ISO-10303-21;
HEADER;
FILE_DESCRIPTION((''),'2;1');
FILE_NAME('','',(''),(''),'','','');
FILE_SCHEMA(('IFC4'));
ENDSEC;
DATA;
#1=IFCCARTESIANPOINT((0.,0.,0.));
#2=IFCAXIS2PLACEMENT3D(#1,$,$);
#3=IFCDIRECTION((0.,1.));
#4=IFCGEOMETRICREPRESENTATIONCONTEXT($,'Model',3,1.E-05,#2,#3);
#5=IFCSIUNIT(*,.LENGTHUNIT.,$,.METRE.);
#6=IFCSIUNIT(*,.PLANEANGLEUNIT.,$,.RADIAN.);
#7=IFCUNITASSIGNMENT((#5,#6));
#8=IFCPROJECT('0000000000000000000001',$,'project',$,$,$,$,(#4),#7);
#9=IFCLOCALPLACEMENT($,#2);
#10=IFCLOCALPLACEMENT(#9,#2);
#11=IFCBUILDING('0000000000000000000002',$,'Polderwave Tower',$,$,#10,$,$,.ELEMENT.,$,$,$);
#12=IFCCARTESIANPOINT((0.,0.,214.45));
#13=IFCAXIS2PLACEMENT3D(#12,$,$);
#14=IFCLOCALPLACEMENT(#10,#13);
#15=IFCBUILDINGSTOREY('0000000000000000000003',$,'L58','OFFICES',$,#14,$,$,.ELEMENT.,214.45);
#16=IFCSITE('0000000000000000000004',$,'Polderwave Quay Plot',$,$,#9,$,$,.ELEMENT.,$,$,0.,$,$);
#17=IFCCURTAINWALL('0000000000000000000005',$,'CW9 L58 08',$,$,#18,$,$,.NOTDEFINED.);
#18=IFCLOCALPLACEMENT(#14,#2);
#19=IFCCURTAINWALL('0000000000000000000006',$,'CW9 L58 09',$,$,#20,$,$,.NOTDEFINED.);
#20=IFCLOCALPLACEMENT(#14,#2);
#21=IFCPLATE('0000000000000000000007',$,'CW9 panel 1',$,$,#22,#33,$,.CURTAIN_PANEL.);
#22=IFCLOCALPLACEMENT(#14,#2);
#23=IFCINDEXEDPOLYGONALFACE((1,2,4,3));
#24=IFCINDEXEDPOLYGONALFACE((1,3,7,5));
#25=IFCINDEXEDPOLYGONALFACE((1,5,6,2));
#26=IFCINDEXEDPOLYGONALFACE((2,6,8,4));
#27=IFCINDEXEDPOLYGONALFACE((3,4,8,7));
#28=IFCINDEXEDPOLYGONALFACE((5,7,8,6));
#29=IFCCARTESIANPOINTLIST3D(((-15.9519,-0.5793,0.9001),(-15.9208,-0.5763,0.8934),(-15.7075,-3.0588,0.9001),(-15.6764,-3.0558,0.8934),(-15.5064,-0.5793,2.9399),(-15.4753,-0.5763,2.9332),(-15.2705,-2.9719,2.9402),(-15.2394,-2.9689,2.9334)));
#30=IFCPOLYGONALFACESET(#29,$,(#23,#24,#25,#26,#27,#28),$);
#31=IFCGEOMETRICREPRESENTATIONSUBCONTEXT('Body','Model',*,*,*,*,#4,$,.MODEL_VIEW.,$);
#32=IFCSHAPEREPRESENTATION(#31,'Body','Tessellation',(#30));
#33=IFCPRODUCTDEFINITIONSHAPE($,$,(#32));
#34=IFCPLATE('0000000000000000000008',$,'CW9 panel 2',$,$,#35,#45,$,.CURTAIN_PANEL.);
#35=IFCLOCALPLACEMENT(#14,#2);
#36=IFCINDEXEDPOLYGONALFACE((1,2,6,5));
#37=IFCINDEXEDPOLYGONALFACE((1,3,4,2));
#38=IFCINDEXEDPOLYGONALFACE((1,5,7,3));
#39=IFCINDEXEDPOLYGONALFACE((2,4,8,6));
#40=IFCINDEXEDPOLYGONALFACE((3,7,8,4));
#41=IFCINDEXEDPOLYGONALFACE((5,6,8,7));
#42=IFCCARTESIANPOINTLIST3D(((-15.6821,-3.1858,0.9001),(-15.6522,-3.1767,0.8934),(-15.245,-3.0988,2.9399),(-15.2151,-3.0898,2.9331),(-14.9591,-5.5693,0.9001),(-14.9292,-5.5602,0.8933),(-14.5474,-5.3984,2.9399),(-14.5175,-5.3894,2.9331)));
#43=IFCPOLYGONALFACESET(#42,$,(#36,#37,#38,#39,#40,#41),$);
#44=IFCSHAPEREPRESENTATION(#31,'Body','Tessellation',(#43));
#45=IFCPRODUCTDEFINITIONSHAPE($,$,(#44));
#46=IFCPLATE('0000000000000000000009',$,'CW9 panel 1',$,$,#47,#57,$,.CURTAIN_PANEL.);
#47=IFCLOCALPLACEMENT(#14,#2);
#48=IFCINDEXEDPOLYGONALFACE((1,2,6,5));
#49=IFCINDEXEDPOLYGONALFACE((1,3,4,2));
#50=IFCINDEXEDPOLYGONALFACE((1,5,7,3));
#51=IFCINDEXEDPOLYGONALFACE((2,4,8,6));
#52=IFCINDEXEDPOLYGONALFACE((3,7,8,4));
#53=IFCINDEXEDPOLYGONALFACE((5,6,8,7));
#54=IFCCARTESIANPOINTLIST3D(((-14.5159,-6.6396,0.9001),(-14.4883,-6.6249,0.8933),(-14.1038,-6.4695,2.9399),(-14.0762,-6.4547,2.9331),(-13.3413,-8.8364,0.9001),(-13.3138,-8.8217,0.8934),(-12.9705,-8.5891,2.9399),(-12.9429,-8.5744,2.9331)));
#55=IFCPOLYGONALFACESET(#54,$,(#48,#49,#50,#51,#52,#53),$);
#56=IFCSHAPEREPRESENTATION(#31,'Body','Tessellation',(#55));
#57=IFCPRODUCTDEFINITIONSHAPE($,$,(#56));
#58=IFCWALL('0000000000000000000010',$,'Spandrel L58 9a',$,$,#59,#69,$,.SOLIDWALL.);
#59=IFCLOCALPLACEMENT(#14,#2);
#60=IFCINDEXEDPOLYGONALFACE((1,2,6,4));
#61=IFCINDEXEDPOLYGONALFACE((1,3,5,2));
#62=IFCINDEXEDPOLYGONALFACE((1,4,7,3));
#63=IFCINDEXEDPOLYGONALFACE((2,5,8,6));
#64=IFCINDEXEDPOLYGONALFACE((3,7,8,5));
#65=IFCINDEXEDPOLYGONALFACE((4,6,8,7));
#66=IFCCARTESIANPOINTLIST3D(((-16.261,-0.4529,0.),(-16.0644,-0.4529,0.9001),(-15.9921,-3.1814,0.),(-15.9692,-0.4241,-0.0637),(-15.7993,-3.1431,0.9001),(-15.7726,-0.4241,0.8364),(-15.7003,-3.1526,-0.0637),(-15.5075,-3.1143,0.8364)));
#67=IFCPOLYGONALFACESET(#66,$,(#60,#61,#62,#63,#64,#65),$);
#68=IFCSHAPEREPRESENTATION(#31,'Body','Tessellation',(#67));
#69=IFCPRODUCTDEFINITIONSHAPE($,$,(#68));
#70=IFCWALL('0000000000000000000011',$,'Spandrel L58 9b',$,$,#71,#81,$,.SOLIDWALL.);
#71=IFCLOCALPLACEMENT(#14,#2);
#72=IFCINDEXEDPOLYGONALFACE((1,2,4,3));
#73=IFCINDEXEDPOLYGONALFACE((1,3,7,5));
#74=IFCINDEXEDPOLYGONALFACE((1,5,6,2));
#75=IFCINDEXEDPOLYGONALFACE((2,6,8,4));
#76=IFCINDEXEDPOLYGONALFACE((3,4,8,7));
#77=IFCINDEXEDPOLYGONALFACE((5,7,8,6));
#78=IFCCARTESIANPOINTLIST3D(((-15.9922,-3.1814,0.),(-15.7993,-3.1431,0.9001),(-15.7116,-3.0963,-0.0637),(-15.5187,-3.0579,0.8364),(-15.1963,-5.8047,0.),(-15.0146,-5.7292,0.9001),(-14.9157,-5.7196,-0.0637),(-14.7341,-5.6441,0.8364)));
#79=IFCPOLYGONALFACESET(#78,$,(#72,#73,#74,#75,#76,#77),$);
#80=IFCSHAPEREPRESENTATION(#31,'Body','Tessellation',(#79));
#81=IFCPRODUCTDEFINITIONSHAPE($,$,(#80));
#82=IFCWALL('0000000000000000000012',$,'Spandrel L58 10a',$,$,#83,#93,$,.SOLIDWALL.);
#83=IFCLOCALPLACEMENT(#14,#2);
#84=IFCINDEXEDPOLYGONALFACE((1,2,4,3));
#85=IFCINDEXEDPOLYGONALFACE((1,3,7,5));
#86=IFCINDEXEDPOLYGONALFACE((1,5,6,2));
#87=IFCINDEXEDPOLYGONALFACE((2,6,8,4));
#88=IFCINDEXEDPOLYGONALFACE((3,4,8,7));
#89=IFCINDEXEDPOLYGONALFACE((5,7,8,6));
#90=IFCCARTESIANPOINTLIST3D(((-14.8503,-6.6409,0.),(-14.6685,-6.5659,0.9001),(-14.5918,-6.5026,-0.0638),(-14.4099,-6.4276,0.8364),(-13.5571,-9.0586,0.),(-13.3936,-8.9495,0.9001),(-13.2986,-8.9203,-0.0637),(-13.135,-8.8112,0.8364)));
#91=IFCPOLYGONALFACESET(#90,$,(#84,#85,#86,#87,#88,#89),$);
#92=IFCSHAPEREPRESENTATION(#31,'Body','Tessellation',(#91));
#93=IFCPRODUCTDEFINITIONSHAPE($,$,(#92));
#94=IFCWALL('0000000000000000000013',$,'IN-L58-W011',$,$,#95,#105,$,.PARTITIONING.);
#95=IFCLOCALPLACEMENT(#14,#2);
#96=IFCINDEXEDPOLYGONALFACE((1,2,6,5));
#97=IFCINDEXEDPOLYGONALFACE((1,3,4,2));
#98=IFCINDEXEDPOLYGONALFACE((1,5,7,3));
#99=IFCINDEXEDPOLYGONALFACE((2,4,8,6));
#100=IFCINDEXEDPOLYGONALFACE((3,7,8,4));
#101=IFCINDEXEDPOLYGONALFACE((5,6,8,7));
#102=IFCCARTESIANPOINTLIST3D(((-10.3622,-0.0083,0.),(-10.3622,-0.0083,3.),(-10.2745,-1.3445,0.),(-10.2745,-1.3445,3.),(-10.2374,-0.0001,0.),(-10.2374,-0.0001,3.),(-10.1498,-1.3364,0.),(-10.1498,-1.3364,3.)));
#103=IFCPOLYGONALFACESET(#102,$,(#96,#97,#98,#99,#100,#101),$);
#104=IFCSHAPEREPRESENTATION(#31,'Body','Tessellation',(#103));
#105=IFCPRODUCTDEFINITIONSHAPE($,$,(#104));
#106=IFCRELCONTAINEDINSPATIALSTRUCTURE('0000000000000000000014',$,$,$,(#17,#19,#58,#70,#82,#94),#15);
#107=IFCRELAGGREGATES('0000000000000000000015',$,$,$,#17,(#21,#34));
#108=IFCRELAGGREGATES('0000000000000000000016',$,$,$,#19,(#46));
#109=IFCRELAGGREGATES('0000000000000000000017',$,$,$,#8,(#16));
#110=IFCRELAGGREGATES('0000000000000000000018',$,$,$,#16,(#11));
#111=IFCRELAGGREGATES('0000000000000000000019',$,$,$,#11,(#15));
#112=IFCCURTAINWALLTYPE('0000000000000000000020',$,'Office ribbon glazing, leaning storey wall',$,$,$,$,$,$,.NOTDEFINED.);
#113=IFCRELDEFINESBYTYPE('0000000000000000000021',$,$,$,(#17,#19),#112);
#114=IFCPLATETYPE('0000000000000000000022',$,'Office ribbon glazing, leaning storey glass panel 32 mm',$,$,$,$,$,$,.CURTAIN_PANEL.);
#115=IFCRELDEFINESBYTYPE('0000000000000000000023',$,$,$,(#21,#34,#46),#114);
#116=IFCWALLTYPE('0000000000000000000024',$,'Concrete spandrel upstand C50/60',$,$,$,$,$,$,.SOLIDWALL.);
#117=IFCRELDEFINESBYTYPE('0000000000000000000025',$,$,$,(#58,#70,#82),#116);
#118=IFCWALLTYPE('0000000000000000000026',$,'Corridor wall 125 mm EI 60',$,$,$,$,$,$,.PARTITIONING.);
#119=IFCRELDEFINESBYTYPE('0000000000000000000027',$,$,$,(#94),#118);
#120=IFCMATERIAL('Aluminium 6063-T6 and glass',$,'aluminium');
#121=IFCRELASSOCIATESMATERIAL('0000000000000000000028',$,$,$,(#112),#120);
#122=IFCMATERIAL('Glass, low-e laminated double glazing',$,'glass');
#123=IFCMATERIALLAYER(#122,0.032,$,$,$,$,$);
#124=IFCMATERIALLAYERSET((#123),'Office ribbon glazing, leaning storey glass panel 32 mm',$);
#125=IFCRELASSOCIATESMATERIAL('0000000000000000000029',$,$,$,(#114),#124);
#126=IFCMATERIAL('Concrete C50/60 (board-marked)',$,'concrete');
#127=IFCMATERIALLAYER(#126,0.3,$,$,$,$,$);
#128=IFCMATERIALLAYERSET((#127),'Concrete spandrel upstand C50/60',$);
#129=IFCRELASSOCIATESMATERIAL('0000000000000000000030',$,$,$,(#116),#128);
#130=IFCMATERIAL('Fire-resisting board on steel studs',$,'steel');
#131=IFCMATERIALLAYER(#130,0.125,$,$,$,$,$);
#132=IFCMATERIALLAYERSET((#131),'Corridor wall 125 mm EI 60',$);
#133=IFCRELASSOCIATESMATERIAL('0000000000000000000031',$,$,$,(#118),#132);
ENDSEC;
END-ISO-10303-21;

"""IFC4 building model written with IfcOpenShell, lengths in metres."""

from ifc_helpers import new_model, si_unit, direction, frame, frame_2d, origin, place, context, subcontext, project, spatial, polyline, rectangle, outline, extrude, material, layer, layer_set, type_object, element, aggregate, save


model = new_model("IFC4")

# Units and contexts
model_context = context("Model", 3, precision=1e-05, world=origin(), true_north=direction((0.0, 1.0)))
body_context = subcontext(model_context, "Body", "Model", "MODEL_VIEW")
ifc_project = project(units=[si_unit("LENGTHUNIT", "METRE"), si_unit("PLANEANGLEUNIT", "RADIAN")], contexts=[model_context])

# Site, building, storey
site_placement = place(None, origin())
site = spatial("IfcSite", under=ifc_project, at=site_placement, Name="Polderwave Quay Plot", CompositionType="ELEMENT", RefElevation=0.0)
building_placement = place(site_placement, origin())
building = spatial("IfcBuilding", under=site, at=building_placement, Name="Polderwave Tower", CompositionType="ELEMENT")
storey_placement = place(building_placement, frame((0.0, 0.0, 214.45)))
storey = spatial("IfcBuildingStorey", under=building, at=storey_placement, Name="L58", Description="OFFICES", CompositionType="ELEMENT", Elevation=214.45)

# Curtain wall
ifc_material_1 = material(Name="Aluminium 6063-T6 and glass", Category="aluminium")
curtain_wall_type = type_object("IfcCurtainWallType", Name="Office ribbon glazing, leaning storey wall", PredefinedType="NOTDEFINED", material=ifc_material_1)
curtain_wall_1_placement = place(storey_placement, origin())
curtain_wall_1 = element("IfcCurtainWall", 1, at=curtain_wall_1_placement, inside=storey, type_object=curtain_wall_type, Name="CW9 L58 08", PredefinedType="NOTDEFINED")

# Curtain wall
curtain_wall_2_placement = place(storey_placement, origin())
curtain_wall_2 = element("IfcCurtainWall", 2, at=curtain_wall_2_placement, inside=storey, type_object=curtain_wall_type, Name="CW9 L58 09", PredefinedType="NOTDEFINED")

# Plates
ifc_material_2 = material(Name="Glass, low-e laminated double glazing", Category="glass")
ifc_layer_1 = layer(ifc_material_2, 0.032)
ifc_layer_set_1 = layer_set([ifc_layer_1], Name="Office ribbon glazing, leaning storey glass panel 32 mm")
plate_type = type_object("IfcPlateType", Name="Office ribbon glazing, leaning storey glass panel 32 mm", PredefinedType="CURTAIN_PANEL", material=ifc_layer_set_1)
plate_1_placement = place(storey_placement, frame((-15.9519, -0.5793, 0.9001), z_axis=(-0.972469, -0.095843, 0.212411), x_axis=(0.098081, -0.995178, 0.000001)))
plate_1 = element("IfcPlate", 3, at=plate_1_placement, type_object=plate_type, Name="CW9 panel 1", PredefinedType="CURTAIN_PANEL", context=body_context, shape_type="SweptSolid", body=[
    extrude(outline(polyline([(0.0, 0.0), (2.4915, 0.0), (2.4479, 2.0877), (0.0437, 2.0874), (0.0, 0.0)])), origin(), (0.0, 0.0, -1.0), 0.032),
])
plate_2_placement = place(storey_placement, frame((-15.6821, -3.1858, 0.9001), z_axis=(-0.935083, -0.283664, 0.212497), x_axis=(0.290291, -0.956938, -0.000013)))
plate_2 = element("IfcPlate", 4, at=plate_2_placement, type_object=plate_type, Name="CW9 panel 2", PredefinedType="CURTAIN_PANEL", context=body_context, shape_type="SweptSolid", body=[
    extrude(outline(polyline([(0.0, 0.0), (2.4908, 0.0), (2.4468, 2.0875), (0.0437, 2.0874), (0.0, 0.0)])), origin(), (0.0, 0.0, -1.0), 0.032),
])
aggregate(curtain_wall_1, [plate_1, plate_2])
plate_3_placement = place(storey_placement, frame((-14.5159, -6.6396, 0.9001), z_axis=(-0.861716, -0.460735, 0.21253), x_axis=(0.471507, -0.881862, 0.0)))
plate_3 = element("IfcPlate", 5, at=plate_3_placement, type_object=plate_type, Name="CW9 panel 1", PredefinedType="CURTAIN_PANEL", context=body_context, shape_type="SweptSolid", body=[
    extrude(outline(polyline([(0.0, 0.0), (2.4911, 0.0), (2.4478, 2.0875), (0.0443, 2.0875), (0.0, 0.0)])), origin(), (0.0, 0.0, -1.0), 0.032),
])
aggregate(curtain_wall_2, [plate_3])

# Walls
ifc_material_3 = material(Name="Concrete C50/60 (board-marked)", Category="concrete")
ifc_layer_2 = layer(ifc_material_3, 0.3)
ifc_layer_set_2 = layer_set([ifc_layer_2], Name="Concrete spandrel upstand C50/60")
wall_type_1 = type_object("IfcWallType", Name="Concrete spandrel upstand C50/60", PredefinedType="SOLIDWALL", material=ifc_layer_set_2)
wall_1_placement = place(storey_placement, frame((-16.261, -0.4529, 0.0), z_axis=(-0.972476, -0.095824, 0.212387), x_axis=(0.09806, -0.995181, -0.000004)))
element("IfcWall", 6, at=wall_1_placement, inside=storey, type_object=wall_type_1, Name="Spandrel L58 9a", PredefinedType="SOLIDWALL", context=body_context, shape_type="SweptSolid", body=[
    extrude(outline(polyline([(0.0, 0.0), (2.7417, 0.0), (2.7225, 0.9212), (0.0193, 0.9212), (0.0, 0.0)])), origin(), (0.0, 0.0, -1.0), 0.3),
])
wall_2_placement = place(storey_placement, frame((-15.9922, -3.1814, 0.0), z_axis=(-0.93508, -0.283706, 0.212452), x_axis=(0.290333, -0.956926, -0.000001)))
element("IfcWall", 7, at=wall_2_placement, inside=storey, type_object=wall_type_1, Name="Spandrel L58 9b", PredefinedType="SOLIDWALL", context=body_context, shape_type="SweptSolid", body=[
    extrude(outline(polyline([(0.0, 0.0), (2.7414, 0.0), (2.7219, 0.9212), (0.0193, 0.9212), (0.0, 0.0)])), origin(), (0.0, 0.0, -1.0), 0.3),
])
wall_3_placement = place(storey_placement, frame((-14.8503, -6.6409, 0.0), z_axis=(-0.861652, -0.460883, 0.212469), x_axis=(0.471652, -0.881785, 0.000001)))
element("IfcWall", 8, at=wall_3_placement, inside=storey, type_object=wall_type_1, Name="Spandrel L58 10a", PredefinedType="SOLIDWALL", context=body_context, shape_type="SweptSolid", body=[
    extrude(outline(polyline([(0.0, 0.0), (2.7419, 0.0), (2.7228, 0.9212), (0.0197, 0.9212), (0.0, 0.0)])), origin(), (0.0, 0.0, -1.0), 0.3),
])
ifc_material_4 = material(Name="Fire-resisting board on steel studs", Category="steel")
ifc_layer_3 = layer(ifc_material_4, 0.125)
ifc_layer_set_3 = layer_set([ifc_layer_3], Name="Corridor wall 125 mm EI 60")
wall_type_2 = type_object("IfcWallType", Name="Corridor wall 125 mm EI 60", PredefinedType="PARTITIONING", material=ifc_layer_set_3)
wall_4_placement = place(storey_placement, frame((-10.2122, -1.3403, 0.0), z_axis=(0.0, 0.0, 1.0), x_axis=(-0.065454, 0.997856, 0.0)))
element("IfcWall", 9, at=wall_4_placement, inside=storey, type_object=wall_type_2, Name="IN-L58-W011", PredefinedType="PARTITIONING", context=body_context, shape_type="SweptSolid", body=[
    extrude(rectangle(XDim=1.3391, YDim=0.125, at=frame_2d((0.6694, 0.0))), origin(), (0.0, 0.0, 1.0), 3.0),
])

save(model, "model.ifc")
